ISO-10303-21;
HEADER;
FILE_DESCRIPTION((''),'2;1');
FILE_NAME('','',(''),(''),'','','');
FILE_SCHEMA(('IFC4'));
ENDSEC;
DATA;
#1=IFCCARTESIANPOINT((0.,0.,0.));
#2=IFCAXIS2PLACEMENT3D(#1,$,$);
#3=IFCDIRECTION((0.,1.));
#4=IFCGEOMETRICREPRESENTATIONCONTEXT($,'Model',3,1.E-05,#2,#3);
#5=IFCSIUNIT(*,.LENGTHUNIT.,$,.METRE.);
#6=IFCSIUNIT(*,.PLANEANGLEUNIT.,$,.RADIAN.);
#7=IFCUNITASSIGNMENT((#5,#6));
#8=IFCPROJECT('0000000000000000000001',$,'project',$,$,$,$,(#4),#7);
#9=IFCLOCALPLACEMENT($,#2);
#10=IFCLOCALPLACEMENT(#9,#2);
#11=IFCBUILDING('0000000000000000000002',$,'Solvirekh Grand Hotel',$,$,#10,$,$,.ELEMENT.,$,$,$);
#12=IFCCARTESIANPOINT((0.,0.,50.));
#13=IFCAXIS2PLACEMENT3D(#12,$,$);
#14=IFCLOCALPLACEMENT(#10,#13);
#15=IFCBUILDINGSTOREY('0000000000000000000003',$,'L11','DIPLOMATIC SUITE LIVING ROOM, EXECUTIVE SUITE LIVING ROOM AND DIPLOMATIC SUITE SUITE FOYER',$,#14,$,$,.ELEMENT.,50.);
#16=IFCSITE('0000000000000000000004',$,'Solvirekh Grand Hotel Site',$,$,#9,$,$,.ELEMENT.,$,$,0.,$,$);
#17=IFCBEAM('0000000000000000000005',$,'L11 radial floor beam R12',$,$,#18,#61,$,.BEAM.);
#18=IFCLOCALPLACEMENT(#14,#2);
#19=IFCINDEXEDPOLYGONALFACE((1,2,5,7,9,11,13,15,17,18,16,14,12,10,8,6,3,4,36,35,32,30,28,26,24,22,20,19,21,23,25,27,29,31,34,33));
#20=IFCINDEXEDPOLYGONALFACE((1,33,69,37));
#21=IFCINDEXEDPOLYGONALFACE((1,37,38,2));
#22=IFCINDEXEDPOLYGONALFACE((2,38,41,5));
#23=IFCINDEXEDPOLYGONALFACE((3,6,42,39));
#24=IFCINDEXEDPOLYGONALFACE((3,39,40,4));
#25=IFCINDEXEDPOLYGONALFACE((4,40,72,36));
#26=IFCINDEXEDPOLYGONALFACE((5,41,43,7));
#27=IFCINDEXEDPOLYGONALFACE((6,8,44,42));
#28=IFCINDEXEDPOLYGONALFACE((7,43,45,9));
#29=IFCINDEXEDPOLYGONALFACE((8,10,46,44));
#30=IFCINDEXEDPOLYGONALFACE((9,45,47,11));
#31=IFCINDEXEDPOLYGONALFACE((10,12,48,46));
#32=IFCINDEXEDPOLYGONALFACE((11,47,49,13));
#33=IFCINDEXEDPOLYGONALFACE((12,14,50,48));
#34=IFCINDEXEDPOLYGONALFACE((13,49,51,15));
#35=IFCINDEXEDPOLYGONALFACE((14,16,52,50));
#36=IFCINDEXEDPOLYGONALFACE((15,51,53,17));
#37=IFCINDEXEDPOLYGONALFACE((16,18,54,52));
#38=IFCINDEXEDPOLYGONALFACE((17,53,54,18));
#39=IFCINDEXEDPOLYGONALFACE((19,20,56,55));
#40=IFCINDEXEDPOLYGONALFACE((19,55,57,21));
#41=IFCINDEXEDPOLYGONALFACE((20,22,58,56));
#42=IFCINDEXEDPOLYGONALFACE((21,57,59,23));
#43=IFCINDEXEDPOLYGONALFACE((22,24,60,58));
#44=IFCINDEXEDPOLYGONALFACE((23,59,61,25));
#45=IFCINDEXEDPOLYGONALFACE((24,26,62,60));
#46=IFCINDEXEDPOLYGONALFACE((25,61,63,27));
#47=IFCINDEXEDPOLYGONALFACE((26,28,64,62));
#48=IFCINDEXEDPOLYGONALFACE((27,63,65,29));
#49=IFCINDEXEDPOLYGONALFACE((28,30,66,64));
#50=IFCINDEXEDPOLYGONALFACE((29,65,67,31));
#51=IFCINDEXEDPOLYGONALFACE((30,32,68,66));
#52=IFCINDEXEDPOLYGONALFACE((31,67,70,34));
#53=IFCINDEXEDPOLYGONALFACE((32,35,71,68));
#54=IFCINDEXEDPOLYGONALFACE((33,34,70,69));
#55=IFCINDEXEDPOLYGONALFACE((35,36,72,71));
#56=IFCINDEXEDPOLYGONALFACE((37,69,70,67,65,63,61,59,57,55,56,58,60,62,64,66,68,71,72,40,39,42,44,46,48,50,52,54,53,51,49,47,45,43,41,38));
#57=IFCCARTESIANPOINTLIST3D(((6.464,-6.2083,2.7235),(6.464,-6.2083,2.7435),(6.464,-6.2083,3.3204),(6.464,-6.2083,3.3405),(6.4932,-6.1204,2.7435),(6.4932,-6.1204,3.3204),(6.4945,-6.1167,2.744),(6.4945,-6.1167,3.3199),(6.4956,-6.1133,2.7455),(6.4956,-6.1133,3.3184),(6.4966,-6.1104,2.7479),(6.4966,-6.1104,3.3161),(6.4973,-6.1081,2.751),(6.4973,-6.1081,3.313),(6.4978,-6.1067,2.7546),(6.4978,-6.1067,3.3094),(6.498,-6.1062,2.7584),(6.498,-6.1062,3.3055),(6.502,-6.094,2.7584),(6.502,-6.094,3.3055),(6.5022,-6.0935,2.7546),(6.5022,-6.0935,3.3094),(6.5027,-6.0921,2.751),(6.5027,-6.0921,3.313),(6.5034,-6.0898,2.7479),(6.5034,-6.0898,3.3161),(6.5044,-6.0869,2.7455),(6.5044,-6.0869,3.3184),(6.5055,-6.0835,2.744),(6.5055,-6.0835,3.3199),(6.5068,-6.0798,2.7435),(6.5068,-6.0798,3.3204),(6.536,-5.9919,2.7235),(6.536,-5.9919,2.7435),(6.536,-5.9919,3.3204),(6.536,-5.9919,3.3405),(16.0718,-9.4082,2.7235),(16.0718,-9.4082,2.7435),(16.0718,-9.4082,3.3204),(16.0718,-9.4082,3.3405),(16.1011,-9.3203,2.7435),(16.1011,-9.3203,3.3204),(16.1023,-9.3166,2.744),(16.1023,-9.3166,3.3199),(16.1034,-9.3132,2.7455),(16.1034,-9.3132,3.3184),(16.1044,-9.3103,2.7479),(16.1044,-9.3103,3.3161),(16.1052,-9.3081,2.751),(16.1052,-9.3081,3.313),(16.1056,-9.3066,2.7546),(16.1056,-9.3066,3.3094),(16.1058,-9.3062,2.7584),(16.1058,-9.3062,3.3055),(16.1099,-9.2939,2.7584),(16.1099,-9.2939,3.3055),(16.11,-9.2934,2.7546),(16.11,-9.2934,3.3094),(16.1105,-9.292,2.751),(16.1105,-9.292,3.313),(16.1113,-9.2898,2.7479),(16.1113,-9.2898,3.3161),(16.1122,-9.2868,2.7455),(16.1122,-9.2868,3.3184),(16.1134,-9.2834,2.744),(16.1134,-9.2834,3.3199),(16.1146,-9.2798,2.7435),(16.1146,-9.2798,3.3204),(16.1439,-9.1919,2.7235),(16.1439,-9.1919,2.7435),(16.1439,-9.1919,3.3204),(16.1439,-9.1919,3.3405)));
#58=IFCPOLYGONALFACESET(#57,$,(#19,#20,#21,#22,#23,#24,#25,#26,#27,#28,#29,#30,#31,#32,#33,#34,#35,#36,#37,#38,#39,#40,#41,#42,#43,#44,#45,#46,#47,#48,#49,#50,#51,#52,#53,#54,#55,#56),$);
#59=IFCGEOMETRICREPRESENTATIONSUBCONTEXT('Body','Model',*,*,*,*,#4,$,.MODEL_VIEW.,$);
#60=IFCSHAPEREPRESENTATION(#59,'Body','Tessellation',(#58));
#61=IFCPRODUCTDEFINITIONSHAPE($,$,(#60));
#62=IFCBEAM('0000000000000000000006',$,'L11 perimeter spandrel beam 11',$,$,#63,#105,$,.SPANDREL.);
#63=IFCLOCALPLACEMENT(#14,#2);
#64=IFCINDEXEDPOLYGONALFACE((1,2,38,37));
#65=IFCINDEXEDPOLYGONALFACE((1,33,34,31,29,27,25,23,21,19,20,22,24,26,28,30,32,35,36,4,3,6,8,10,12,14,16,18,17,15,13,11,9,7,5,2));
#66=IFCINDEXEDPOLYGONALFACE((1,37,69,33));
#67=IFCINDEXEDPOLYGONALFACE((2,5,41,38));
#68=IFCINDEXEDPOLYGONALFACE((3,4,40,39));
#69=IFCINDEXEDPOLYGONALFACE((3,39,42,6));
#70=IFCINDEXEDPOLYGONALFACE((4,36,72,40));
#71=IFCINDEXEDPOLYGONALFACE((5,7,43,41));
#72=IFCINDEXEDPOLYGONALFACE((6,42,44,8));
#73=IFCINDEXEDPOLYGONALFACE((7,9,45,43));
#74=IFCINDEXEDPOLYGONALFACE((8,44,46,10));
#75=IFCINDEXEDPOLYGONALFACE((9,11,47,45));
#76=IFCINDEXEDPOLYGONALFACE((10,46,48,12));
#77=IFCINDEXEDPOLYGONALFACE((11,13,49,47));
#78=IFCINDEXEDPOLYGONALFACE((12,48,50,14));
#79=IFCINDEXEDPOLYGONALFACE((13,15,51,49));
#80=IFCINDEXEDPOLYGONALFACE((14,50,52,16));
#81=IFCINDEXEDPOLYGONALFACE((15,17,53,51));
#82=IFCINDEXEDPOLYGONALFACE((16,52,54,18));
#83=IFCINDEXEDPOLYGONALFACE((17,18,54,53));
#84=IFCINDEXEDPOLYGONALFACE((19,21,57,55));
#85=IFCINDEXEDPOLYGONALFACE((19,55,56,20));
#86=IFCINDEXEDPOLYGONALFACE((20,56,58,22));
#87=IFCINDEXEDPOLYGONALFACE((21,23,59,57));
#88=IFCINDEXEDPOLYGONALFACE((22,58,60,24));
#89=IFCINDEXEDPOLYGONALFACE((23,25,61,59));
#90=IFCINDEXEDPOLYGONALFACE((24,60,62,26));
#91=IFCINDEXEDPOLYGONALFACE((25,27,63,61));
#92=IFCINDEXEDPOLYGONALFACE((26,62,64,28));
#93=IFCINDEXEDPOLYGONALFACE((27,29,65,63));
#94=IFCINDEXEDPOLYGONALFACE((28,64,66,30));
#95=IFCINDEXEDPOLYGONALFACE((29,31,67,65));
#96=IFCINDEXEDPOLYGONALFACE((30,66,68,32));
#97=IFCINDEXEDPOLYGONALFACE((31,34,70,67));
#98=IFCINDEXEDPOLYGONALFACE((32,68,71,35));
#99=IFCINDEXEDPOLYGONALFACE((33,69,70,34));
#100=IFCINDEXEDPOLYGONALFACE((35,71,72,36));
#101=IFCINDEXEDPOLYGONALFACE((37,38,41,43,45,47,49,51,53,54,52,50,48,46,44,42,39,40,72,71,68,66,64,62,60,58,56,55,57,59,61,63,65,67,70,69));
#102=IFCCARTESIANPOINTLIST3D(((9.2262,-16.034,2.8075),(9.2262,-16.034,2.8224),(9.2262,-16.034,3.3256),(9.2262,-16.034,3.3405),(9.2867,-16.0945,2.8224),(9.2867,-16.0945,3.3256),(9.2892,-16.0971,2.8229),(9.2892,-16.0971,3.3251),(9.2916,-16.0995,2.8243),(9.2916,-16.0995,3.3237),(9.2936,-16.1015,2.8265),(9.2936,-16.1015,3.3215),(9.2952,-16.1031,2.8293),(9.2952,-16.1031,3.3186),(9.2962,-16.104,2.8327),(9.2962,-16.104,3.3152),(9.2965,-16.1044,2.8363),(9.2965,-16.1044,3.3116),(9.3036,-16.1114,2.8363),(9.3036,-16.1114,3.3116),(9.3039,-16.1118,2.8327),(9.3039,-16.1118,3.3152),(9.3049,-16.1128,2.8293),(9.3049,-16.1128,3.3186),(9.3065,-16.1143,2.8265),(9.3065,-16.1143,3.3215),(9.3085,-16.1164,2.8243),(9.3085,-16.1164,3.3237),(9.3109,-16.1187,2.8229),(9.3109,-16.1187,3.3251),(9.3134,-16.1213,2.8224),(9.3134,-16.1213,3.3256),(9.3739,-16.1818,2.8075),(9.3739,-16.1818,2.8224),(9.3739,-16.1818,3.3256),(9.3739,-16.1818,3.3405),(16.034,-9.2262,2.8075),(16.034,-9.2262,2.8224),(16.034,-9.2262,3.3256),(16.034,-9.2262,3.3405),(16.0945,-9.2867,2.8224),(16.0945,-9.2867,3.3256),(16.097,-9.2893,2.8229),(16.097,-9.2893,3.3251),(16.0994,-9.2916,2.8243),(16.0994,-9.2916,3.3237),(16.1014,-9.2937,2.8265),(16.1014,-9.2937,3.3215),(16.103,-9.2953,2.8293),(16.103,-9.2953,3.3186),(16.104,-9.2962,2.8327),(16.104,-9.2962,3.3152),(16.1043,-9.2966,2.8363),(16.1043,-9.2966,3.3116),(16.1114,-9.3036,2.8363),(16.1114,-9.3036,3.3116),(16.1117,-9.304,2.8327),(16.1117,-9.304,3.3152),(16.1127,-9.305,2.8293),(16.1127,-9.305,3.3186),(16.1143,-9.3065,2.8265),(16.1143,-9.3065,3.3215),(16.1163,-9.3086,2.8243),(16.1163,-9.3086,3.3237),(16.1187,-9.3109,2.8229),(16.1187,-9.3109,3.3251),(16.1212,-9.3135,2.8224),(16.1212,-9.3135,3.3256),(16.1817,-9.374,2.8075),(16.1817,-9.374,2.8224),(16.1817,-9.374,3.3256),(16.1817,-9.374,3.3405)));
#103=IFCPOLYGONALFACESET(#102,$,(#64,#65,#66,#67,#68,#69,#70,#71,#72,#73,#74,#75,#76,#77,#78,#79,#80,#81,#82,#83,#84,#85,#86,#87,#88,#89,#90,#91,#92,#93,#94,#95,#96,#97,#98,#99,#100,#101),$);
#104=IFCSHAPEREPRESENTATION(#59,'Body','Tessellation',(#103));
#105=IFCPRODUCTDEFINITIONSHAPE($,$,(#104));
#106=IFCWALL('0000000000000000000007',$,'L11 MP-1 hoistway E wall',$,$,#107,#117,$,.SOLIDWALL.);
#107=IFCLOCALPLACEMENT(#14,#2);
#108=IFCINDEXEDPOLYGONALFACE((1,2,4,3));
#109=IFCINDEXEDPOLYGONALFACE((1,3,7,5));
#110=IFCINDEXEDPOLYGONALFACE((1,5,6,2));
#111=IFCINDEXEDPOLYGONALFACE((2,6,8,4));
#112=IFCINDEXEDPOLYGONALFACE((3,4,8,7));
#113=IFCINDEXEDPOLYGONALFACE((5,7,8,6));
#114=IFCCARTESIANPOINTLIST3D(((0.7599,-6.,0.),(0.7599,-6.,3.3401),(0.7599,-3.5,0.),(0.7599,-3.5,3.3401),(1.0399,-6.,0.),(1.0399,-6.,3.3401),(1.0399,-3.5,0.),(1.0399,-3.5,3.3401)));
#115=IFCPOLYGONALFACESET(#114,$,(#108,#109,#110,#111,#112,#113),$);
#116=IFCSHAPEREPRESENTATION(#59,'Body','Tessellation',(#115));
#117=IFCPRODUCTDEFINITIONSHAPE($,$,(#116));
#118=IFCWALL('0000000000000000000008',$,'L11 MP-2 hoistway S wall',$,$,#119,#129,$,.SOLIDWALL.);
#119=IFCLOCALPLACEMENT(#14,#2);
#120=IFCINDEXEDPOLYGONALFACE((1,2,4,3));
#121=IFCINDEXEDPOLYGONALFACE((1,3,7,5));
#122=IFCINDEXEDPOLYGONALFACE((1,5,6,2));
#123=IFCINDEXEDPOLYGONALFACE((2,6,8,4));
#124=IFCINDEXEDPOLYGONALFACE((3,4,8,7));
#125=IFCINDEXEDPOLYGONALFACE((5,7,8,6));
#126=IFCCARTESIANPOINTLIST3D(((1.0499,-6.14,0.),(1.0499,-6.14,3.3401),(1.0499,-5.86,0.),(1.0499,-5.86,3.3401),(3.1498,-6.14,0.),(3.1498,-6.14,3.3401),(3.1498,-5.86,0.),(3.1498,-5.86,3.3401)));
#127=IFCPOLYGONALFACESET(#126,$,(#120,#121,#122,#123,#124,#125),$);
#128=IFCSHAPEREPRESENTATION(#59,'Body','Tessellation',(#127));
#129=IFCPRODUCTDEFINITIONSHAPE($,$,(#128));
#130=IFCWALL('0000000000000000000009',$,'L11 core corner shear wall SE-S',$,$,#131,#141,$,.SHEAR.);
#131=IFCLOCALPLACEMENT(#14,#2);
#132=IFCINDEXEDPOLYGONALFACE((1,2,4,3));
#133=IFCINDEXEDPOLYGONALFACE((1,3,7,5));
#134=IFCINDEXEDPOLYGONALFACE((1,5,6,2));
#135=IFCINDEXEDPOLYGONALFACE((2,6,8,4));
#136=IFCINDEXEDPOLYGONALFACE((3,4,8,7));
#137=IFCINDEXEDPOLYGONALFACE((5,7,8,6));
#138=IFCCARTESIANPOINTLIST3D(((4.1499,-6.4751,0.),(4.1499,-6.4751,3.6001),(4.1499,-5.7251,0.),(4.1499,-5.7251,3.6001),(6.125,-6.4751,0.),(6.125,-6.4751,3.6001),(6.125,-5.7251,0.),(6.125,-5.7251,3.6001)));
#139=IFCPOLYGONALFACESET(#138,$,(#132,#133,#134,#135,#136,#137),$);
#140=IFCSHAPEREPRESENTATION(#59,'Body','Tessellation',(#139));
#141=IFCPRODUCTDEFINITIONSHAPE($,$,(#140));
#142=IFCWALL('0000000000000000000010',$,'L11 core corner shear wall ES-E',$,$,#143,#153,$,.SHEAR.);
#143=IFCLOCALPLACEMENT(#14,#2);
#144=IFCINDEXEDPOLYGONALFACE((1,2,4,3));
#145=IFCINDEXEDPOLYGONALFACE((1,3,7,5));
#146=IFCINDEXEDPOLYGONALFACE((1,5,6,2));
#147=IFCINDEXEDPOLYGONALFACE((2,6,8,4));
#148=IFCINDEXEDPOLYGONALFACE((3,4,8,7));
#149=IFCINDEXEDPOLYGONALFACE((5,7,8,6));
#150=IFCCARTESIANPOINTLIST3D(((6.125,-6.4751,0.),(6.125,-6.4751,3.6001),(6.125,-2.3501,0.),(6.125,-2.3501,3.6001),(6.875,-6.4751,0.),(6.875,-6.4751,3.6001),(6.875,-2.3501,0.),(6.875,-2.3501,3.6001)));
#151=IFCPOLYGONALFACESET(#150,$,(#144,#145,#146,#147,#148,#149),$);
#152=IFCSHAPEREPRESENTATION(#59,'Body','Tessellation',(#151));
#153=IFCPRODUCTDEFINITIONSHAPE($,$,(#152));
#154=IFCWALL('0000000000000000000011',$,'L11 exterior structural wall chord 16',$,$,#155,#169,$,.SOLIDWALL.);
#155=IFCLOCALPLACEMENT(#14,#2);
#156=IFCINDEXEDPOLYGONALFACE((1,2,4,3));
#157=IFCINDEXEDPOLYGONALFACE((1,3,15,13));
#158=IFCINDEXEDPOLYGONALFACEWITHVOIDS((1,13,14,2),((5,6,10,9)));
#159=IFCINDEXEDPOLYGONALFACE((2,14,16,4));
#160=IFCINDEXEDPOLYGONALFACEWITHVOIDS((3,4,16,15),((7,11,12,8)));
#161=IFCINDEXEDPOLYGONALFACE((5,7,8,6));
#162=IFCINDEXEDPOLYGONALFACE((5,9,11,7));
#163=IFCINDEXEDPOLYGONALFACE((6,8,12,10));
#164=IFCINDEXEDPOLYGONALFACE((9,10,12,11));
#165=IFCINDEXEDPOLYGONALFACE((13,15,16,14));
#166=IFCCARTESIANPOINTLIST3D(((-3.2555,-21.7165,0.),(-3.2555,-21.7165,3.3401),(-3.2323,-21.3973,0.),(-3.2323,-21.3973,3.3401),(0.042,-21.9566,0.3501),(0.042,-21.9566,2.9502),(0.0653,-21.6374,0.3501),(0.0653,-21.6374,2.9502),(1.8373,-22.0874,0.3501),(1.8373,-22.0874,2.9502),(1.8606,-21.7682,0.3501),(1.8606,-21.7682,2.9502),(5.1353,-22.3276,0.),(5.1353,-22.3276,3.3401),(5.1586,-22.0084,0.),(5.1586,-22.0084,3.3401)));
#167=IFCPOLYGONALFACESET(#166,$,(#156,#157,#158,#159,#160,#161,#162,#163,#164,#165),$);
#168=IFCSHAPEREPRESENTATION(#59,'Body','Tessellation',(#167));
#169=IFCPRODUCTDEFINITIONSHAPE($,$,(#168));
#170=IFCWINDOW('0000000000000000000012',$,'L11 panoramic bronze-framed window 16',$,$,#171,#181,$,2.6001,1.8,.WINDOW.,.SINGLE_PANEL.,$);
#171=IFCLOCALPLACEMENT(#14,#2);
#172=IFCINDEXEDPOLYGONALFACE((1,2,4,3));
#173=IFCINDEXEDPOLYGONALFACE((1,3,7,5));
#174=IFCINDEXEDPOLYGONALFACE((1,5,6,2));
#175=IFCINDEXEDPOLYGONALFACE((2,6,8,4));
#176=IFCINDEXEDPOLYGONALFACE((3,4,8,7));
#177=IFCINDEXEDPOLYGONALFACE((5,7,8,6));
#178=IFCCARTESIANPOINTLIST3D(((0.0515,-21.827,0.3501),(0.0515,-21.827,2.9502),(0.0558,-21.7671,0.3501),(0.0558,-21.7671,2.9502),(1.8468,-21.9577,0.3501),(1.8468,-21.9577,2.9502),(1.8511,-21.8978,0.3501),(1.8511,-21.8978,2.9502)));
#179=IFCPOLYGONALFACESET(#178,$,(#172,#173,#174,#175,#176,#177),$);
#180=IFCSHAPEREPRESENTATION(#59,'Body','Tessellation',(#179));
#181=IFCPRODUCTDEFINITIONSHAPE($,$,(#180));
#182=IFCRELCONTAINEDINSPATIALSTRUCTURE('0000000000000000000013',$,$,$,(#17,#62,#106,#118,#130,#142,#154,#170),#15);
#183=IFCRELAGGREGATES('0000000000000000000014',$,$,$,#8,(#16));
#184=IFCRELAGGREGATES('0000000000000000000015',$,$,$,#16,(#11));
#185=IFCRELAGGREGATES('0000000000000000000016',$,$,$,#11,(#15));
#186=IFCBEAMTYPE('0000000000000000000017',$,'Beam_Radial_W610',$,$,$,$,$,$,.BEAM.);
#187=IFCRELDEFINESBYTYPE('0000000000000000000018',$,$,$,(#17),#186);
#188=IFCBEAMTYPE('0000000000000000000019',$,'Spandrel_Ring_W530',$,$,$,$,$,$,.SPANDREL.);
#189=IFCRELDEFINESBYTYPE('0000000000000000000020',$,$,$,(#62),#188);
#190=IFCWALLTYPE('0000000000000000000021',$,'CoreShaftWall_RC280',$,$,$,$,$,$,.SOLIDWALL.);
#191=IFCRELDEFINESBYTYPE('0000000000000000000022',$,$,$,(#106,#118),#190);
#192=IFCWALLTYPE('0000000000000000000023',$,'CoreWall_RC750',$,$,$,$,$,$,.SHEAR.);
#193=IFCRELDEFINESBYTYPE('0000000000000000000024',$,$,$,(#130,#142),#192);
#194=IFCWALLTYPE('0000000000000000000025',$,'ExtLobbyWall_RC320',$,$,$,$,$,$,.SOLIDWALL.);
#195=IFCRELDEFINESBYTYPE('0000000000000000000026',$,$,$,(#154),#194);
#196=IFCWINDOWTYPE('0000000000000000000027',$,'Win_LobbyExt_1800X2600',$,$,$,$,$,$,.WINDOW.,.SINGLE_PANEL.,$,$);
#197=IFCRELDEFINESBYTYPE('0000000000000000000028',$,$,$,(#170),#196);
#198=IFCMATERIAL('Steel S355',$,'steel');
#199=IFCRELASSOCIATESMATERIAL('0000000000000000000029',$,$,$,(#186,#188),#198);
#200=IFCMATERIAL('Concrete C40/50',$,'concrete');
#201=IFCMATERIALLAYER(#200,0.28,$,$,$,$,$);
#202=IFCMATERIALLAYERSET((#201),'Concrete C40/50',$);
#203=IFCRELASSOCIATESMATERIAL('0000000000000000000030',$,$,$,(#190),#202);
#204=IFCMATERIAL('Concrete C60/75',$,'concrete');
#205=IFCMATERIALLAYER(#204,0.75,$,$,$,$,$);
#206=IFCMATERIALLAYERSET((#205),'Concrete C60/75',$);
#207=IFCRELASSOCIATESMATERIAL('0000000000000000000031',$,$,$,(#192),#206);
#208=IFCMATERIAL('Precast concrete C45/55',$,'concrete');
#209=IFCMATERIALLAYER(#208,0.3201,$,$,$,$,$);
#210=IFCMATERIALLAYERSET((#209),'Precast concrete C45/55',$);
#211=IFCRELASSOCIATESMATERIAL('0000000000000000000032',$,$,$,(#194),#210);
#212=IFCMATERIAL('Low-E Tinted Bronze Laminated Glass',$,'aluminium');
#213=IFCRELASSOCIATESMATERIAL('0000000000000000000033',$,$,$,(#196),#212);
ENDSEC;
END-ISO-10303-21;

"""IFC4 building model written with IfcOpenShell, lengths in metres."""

from ifc_helpers import new_model, si_unit, direction, frame, frame_2d, origin, origin_2d, place, context, subcontext, project, spatial, rectangle, i_section, extrude, material, layer, layer_set, material_profile, profile_set, type_object, element, fill, save


model = new_model("IFC4")

# Units and contexts
model_context = context("Model", 3, precision=1e-05, world=origin(), true_north=direction((0.0, 1.0)))
body_context = subcontext(model_context, "Body", "Model", "MODEL_VIEW")
ifc_project = project(units=[si_unit("LENGTHUNIT", "METRE"), si_unit("PLANEANGLEUNIT", "RADIAN")], contexts=[model_context])

# Site, building, storey
site_placement = place(None, origin())
site = spatial("IfcSite", under=ifc_project, at=site_placement, Name="Solvirekh Grand Hotel Site", CompositionType="ELEMENT", RefElevation=0.0)
building_placement = place(site_placement, origin())
building = spatial("IfcBuilding", under=site, at=building_placement, Name="Solvirekh Grand Hotel", CompositionType="ELEMENT")
storey_placement = place(building_placement, frame((0.0, 0.0, 50.0)))
storey = spatial("IfcBuildingStorey", under=building, at=storey_placement, Name="L11", Description="DIPLOMATIC SUITE LIVING ROOM, EXECUTIVE SUITE LIVING ROOM AND DIPLOMATIC SUITE SUITE FOYER", CompositionType="ELEMENT", Elevation=50.0)

# Shared definitions
ifc_material_1 = material(Name="Concrete C60/75", Category="concrete")

# Beams
ifc_material_2 = material(Name="Steel S355", Category="steel")
ifc_material_profile_1 = material_profile(ifc_material_2, i_section(OverallWidth=0.228, OverallDepth=0.6169, WebThickness=0.0129, FlangeThickness=0.02, FilletRadius=0.0149, at=origin_2d()), Name="W610X140")
ifc_profile_set_1 = profile_set([ifc_material_profile_1], Name="Steel S355")
beam_type_1 = type_object("IfcBeamType", Name="Beam_Radial_W610", PredefinedType="BEAM", material=ifc_profile_set_1)
beam_1_placement = place(storey_placement, frame((6.5, -6.1001, 3.032), z_axis=(0.948763, -0.315989, 0.0), x_axis=(0.315989, 0.948763, 0.0)))
element("IfcBeam", 1, at=beam_1_placement, inside=storey, type_object=beam_type_1, Name="L11 radial floor beam R12", PredefinedType="BEAM", context=body_context, shape_type="SweptSolid", body=[
    extrude(i_section(OverallWidth=0.228, OverallDepth=0.6169, WebThickness=0.0129, FlangeThickness=0.02, FilletRadius=0.0149, at=origin_2d()), origin(), (0.0, 0.0, 1.0), 10.1267),
])
ifc_material_profile_2 = material_profile(ifc_material_2, i_section(OverallWidth=0.209, OverallDepth=0.533, WebThickness=0.01, FlangeThickness=0.0149, FilletRadius=0.0139, at=origin_2d()), Name="W530X92")
ifc_profile_set_2 = profile_set([ifc_material_profile_2], Name="Steel S355")
beam_type_2 = type_object("IfcBeamType", Name="Spandrel_Ring_W530", PredefinedType="SPANDREL", material=ifc_profile_set_2)
beam_2_placement = place(storey_placement, frame((9.3, -16.1079, 3.074), z_axis=(0.707107, 0.707107, 0.0), x_axis=(-0.707107, 0.707107, 0.0)))
element("IfcBeam", 2, at=beam_2_placement, inside=storey, type_object=beam_type_2, Name="L11 perimeter spandrel beam 11", PredefinedType="SPANDREL", context=body_context, shape_type="SweptSolid", body=[
    extrude(i_section(OverallWidth=0.209, OverallDepth=0.533, WebThickness=0.01, FlangeThickness=0.0149, FilletRadius=0.0139, at=origin_2d()), origin(), (0.0, 0.0, 1.0), 9.6277),
])

# Walls
ifc_material_3 = material(Name="Concrete C40/50", Category="concrete")
ifc_layer_1 = layer(ifc_material_3, 0.28)
ifc_layer_set_1 = layer_set([ifc_layer_1], Name="Concrete C40/50")
wall_type_1 = type_object("IfcWallType", Name="CoreShaftWall_RC280", PredefinedType="SOLIDWALL", material=ifc_layer_set_1)
wall_1_placement = place(storey_placement, frame((0.8999, -6.0, 0.0), z_axis=(0.0, 0.0, 1.0), x_axis=(0.0, 1.0, 0.0)))
element("IfcWall", 3, at=wall_1_placement, inside=storey, type_object=wall_type_1, Name="L11 MP-1 hoistway E wall", PredefinedType="SOLIDWALL", context=body_context, shape_type="SweptSolid", body=[
    extrude(rectangle(XDim=2.5, YDim=0.28, at=frame_2d((1.25, 0.0))), origin(), (0.0, 0.0, 1.0), 3.3401),
])
wall_2_placement = place(storey_placement, frame((1.05, -6.0, 0.0), z_axis=(0.0, 0.0, 1.0), x_axis=(1.0, 0.0, 0.0)))
element("IfcWall", 4, at=wall_2_placement, inside=storey, type_object=wall_type_1, Name="L11 MP-2 hoistway S wall", PredefinedType="SOLIDWALL", context=body_context, shape_type="SweptSolid", body=[
    extrude(rectangle(XDim=2.0999, YDim=0.28, at=frame_2d((1.0498, 0.0))), origin(), (0.0, 0.0, 1.0), 3.3401),
])
ifc_layer_2 = layer(ifc_material_1, 0.75)
ifc_layer_set_2 = layer_set([ifc_layer_2], Name="Concrete C60/75")
wall_type_2 = type_object("IfcWallType", Name="CoreWall_RC750", PredefinedType="SHEAR", material=ifc_layer_set_2)
wall_3_placement = place(storey_placement, frame((4.1499, -6.1001, 0.0), z_axis=(0.0, 0.0, 1.0), x_axis=(1.0, 0.0, 0.0)))
element("IfcWall", 5, at=wall_3_placement, inside=storey, type_object=wall_type_2, Name="L11 core corner shear wall SE-S", PredefinedType="SHEAR", context=body_context, shape_type="SweptSolid", body=[
    extrude(rectangle(XDim=1.9751, YDim=0.75, at=frame_2d((0.9875, 0.0))), origin(), (0.0, 0.0, 1.0), 3.6001),
])
wall_4_placement = place(storey_placement, frame((6.5, -6.4751, 0.0), z_axis=(0.0, 0.0, 1.0), x_axis=(0.0, 1.0, 0.0)))
element("IfcWall", 6, at=wall_4_placement, inside=storey, type_object=wall_type_2, Name="L11 core corner shear wall ES-E", PredefinedType="SHEAR", context=body_context, shape_type="SweptSolid", body=[
    extrude(rectangle(XDim=4.125, YDim=0.75, at=frame_2d((2.0625, 0.0))), origin(), (0.0, 0.0, 1.0), 3.6001),
])

# Wall, opening, window
ifc_material_4 = material(Name="Precast concrete C45/55", Category="concrete")
ifc_layer_3 = layer(ifc_material_4, 0.3201)
ifc_layer_set_3 = layer_set([ifc_layer_3], Name="Precast concrete C45/55")
wall_type_3 = type_object("IfcWallType", Name="ExtLobbyWall_RC320", PredefinedType="SOLIDWALL", material=ifc_layer_set_3)
wall_5_placement = place(storey_placement, frame((5.147, -22.168, 0.0), z_axis=(0.0, 0.0, 1.0), x_axis=(-0.997359, 0.072635, 0.0)))
wall_5 = element("IfcWall", 7, at=wall_5_placement, inside=storey, type_object=wall_type_3, Name="L11 exterior structural wall chord 16", PredefinedType="SOLIDWALL", context=body_context, shape_type="SweptSolid", body=[
    extrude(rectangle(XDim=8.4131, YDim=0.3201, at=frame_2d((4.2065, 0.0))), origin(), (0.0, 0.0, 1.0), 3.3401),
])
opening_1_placement = place(wall_5_placement, frame((3.3069, 0.0, 0.3501)))
opening_1 = element("IfcOpeningElement", 8, at=opening_1_placement, cuts=wall_5, PredefinedType="OPENING", context=body_context, shape_type="SweptSolid", body=[
    extrude(rectangle(XDim=1.8, YDim=2.6001, at=frame_2d((0.8999, 1.3))), frame((0.0, 0.1699, 0.0), z_axis=(0.0, -1.0, 0.0), x_axis=(1.0, 0.0, 0.0)), (0.0, 0.0, 1.0), 0.3401),
])
ifc_material_5 = material(Name="Low-E Tinted Bronze Laminated Glass", Category="aluminium")
window_type = type_object("IfcWindowType", Name="Win_LobbyExt_1800X2600", PartitioningType="SINGLE_PANEL", PredefinedType="WINDOW", material=ifc_material_5)
window_placement = place(opening_1_placement, origin())
window = element("IfcWindow", 9, at=window_placement, inside=storey, type_object=window_type, Name="L11 panoramic bronze-framed window 16", OverallHeight=2.6001, OverallWidth=1.8, PartitioningType="SINGLE_PANEL", PredefinedType="WINDOW", context=body_context, shape_type="SweptSolid", body=[
    extrude(rectangle(XDim=1.8, YDim=2.6001, at=frame_2d((0.8999, 1.3))), frame((0.0, 0.03, 0.0), z_axis=(0.0, -1.0, 0.0), x_axis=(1.0, 0.0, 0.0)), (0.0, 0.0, 1.0), 0.0601),
])
fill(opening_1, window)

save(model, "model.ifc")
